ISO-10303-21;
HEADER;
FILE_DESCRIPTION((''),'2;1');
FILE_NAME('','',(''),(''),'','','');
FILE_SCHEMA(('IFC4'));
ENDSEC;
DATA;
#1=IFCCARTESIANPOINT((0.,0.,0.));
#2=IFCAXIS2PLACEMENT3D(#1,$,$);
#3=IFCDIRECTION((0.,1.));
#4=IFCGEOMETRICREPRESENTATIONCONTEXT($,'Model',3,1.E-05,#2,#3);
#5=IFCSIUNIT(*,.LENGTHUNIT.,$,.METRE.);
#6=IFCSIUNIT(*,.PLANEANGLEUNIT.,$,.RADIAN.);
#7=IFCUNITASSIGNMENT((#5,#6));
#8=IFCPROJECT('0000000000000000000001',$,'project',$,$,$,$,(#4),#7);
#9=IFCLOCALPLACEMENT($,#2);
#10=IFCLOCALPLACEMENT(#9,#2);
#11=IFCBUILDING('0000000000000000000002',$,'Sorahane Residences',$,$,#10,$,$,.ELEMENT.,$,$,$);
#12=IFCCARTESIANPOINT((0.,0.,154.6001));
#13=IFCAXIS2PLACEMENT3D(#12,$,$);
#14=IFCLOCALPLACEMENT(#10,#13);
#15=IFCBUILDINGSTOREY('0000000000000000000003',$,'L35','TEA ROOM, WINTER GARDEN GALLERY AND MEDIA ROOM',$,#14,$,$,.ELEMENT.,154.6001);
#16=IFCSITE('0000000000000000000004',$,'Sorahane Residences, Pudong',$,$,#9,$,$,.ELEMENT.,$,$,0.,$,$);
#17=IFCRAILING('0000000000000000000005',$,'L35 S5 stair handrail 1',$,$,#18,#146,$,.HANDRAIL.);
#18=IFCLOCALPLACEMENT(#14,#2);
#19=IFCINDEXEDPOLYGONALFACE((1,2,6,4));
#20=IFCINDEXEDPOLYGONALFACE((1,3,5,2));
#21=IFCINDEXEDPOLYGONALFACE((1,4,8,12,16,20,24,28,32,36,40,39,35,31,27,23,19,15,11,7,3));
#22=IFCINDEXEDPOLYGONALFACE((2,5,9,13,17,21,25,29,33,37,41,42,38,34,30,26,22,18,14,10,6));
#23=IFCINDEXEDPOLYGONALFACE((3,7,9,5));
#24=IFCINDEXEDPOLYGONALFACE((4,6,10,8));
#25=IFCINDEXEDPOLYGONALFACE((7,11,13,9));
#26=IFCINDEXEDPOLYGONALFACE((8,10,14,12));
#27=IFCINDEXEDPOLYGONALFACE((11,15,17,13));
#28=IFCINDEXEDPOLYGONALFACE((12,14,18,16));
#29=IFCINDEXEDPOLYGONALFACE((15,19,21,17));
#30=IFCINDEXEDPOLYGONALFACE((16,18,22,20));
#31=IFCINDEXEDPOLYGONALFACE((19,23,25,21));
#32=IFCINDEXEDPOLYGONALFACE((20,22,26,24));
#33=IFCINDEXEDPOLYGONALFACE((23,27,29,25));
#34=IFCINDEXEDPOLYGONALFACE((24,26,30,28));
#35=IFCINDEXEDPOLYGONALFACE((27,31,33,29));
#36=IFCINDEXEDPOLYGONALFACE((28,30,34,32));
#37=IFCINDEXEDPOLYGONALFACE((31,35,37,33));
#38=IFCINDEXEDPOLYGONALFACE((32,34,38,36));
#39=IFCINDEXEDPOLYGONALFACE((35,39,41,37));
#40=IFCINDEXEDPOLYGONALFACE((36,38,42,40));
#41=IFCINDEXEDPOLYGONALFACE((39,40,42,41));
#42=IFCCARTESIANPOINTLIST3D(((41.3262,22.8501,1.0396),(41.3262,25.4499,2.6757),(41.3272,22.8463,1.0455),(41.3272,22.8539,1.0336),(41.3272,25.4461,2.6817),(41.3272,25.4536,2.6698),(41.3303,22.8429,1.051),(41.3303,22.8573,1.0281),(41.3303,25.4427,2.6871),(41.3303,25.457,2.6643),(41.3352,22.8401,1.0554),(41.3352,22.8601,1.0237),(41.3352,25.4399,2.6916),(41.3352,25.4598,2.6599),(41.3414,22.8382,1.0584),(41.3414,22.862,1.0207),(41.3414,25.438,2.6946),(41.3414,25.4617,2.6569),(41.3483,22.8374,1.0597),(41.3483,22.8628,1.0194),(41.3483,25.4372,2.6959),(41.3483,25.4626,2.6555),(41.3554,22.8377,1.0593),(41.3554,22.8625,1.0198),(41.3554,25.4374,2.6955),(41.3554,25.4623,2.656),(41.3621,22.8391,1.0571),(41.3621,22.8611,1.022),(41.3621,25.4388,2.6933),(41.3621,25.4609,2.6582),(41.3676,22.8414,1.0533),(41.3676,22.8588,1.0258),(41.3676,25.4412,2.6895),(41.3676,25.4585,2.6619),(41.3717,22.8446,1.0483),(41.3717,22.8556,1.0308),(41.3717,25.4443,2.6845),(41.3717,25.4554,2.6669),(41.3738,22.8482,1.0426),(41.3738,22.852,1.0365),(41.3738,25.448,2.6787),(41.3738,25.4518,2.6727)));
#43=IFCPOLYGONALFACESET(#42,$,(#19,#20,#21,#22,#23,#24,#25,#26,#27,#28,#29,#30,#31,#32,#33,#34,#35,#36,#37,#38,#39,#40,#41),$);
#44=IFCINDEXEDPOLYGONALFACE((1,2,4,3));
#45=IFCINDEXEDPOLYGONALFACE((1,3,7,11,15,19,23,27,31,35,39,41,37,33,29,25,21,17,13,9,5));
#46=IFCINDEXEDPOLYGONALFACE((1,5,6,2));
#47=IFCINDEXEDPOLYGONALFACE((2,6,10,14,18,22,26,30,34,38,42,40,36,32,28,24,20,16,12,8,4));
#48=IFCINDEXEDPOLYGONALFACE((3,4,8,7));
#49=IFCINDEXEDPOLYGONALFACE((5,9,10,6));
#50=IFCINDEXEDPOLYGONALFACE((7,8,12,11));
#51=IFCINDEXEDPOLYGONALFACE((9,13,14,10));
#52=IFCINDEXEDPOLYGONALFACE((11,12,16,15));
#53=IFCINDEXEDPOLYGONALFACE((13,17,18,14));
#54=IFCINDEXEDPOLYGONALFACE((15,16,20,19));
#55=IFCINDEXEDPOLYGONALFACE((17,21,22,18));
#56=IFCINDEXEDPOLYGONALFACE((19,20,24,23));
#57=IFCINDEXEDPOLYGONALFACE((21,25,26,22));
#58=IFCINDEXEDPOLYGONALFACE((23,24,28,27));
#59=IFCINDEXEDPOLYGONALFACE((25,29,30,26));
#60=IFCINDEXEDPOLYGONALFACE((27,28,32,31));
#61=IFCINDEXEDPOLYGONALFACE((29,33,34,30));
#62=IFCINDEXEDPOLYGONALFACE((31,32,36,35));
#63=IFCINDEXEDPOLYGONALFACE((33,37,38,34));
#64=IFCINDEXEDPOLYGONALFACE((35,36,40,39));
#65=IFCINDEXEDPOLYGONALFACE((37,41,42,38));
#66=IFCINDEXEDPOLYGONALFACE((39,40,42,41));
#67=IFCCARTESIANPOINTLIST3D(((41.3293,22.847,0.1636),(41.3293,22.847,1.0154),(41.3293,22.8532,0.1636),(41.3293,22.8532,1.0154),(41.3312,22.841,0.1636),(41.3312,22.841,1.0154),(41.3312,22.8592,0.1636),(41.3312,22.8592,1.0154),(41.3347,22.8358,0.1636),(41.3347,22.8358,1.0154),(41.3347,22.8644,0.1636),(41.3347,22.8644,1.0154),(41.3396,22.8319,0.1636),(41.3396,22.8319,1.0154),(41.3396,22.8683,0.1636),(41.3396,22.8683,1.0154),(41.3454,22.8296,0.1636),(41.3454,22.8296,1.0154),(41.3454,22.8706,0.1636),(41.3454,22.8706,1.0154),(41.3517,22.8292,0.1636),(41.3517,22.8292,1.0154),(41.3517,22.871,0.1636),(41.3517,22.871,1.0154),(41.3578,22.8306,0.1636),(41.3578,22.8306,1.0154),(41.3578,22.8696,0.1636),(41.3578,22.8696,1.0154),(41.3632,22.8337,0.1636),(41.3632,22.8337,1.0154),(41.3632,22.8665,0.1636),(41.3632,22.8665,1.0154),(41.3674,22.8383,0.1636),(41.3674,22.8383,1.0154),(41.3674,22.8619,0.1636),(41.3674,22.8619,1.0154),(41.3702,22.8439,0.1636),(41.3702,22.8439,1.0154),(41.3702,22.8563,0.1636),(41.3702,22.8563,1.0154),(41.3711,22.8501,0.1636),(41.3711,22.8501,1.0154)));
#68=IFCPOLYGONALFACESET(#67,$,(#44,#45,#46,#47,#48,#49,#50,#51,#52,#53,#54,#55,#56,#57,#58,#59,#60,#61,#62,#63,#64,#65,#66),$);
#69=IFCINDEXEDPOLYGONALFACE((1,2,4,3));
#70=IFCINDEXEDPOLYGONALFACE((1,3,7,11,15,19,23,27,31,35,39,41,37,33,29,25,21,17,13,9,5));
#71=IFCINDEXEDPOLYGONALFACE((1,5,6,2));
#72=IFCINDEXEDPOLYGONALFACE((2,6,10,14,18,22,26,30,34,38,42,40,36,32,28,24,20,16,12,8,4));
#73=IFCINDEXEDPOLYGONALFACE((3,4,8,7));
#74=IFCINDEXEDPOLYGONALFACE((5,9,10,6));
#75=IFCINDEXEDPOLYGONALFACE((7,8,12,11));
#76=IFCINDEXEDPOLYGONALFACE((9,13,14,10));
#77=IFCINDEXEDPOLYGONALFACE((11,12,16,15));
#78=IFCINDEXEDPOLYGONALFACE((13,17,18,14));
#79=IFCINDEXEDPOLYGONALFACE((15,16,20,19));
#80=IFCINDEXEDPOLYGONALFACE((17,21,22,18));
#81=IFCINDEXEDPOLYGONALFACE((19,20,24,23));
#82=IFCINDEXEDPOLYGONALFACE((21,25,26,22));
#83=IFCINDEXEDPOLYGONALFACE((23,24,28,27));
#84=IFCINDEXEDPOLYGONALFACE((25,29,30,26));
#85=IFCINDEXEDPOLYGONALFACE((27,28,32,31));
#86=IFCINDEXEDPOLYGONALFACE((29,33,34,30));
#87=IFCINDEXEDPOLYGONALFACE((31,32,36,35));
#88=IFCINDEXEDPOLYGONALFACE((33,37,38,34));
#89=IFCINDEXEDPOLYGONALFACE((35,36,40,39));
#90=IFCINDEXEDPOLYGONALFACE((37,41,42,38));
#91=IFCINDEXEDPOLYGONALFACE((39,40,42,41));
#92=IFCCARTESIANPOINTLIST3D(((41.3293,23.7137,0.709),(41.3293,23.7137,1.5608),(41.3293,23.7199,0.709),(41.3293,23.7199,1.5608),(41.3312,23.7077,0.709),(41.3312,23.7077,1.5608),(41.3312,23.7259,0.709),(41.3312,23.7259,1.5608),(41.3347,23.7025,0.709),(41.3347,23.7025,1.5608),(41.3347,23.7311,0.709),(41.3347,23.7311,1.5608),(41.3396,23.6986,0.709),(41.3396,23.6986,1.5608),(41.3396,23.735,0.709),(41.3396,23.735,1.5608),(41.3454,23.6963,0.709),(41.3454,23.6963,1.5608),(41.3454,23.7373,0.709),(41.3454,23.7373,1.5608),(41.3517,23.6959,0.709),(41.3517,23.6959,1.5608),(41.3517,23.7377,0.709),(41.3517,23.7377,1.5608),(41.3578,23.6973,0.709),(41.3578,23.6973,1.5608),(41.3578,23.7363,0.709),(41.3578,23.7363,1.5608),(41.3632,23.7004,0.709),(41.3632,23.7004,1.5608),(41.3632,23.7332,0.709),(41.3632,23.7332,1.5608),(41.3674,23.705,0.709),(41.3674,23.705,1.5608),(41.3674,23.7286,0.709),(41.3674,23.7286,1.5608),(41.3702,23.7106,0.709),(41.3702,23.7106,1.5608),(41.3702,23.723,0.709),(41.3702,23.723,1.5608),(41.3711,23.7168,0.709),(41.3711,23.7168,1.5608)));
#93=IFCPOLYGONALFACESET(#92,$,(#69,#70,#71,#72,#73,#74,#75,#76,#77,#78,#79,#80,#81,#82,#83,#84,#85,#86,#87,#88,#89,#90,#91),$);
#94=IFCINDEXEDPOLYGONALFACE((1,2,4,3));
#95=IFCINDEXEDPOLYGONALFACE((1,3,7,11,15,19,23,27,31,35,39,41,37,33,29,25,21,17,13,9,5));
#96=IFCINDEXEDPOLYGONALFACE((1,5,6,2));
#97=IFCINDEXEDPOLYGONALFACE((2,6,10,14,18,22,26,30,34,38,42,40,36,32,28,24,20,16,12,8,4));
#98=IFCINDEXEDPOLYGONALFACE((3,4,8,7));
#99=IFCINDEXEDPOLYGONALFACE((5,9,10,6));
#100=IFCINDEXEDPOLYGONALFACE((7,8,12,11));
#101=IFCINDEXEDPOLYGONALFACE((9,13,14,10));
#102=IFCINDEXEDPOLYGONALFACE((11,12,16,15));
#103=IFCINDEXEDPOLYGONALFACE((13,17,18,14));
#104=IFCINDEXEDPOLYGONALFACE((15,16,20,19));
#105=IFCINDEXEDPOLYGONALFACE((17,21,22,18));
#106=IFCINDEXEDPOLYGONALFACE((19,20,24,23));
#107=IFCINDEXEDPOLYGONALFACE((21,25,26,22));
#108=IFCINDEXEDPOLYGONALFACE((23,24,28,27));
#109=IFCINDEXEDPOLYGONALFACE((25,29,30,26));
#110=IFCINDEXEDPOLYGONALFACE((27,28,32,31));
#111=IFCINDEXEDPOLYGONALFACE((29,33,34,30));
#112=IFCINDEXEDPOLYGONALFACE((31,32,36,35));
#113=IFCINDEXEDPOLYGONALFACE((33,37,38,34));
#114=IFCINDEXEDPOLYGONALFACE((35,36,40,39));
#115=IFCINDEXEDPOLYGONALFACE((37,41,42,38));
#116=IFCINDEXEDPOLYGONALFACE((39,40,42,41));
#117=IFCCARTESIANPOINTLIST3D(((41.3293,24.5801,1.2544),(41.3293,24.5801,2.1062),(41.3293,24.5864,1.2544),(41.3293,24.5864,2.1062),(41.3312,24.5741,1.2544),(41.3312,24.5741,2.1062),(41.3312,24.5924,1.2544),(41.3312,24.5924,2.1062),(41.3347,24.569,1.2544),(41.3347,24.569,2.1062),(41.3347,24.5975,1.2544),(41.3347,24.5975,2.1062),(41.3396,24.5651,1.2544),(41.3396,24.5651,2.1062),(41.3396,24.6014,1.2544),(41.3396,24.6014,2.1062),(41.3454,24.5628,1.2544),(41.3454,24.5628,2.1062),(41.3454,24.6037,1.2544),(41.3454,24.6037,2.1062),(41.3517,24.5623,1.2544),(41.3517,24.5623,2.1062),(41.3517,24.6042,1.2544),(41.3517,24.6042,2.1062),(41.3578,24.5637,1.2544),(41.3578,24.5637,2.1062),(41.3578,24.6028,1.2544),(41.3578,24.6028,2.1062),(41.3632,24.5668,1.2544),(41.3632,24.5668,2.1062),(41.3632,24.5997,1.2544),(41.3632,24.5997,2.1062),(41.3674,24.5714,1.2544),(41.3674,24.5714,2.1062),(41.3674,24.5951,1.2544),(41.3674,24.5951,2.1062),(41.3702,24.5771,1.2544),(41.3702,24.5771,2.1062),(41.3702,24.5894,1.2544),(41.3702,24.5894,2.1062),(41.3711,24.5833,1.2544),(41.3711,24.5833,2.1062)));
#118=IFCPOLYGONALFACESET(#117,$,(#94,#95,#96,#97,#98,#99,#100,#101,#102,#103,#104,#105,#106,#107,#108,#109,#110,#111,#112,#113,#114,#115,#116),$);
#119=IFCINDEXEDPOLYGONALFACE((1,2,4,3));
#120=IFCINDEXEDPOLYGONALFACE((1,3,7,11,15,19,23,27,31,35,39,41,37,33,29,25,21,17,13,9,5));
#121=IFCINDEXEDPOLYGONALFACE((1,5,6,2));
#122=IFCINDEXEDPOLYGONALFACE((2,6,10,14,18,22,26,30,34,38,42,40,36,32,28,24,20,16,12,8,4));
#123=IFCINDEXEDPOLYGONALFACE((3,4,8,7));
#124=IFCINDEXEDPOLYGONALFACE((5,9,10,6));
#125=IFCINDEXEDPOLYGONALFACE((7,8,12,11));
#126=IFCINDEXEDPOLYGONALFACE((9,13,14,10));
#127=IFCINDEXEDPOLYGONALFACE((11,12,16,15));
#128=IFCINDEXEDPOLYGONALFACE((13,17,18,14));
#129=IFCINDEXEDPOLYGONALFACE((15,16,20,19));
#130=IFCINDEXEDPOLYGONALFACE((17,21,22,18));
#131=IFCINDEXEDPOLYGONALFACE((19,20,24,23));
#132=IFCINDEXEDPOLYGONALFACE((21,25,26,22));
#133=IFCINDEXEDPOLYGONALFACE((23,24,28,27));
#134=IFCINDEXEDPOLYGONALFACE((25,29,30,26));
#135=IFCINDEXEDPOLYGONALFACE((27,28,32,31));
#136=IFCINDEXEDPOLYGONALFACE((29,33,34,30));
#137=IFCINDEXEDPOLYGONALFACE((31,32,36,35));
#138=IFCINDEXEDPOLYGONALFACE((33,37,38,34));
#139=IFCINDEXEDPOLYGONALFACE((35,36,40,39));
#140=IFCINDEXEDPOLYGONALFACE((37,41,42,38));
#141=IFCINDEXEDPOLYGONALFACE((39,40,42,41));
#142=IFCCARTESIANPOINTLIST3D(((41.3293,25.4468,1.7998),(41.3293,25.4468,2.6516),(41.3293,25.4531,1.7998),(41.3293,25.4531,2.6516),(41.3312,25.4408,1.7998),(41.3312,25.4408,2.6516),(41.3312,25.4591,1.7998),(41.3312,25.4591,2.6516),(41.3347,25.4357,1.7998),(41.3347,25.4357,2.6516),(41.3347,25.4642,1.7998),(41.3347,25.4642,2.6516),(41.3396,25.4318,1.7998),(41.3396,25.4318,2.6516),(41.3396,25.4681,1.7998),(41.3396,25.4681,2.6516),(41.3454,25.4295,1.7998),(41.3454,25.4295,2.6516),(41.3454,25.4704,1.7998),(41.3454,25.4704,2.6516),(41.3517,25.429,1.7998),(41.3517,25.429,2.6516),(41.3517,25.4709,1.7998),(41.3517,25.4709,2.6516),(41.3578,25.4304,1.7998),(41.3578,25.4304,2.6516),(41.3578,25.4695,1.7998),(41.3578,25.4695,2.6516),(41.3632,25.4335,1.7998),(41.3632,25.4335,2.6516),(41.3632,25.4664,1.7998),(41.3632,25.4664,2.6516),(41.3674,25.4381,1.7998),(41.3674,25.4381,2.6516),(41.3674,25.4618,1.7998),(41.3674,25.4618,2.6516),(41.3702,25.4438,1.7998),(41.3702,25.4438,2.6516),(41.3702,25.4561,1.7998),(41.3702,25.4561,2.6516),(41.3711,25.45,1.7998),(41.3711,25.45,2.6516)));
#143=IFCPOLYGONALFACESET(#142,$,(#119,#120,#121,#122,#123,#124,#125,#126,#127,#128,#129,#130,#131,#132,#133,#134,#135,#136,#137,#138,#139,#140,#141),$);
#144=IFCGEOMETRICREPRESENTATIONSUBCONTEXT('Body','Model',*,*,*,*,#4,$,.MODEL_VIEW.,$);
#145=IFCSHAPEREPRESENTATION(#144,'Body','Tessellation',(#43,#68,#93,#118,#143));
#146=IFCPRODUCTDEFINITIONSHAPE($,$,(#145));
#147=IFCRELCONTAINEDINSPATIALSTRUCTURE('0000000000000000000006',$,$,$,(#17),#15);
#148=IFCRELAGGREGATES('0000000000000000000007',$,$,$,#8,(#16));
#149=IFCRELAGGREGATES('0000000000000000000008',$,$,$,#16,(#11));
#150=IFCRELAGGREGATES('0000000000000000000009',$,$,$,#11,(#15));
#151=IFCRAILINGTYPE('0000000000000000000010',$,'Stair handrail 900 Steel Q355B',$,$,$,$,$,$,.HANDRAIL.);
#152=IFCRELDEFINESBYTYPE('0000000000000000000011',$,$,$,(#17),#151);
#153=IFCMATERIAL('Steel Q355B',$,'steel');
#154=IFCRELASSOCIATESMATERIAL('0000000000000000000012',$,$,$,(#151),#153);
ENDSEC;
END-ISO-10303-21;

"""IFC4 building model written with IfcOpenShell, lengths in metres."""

from ifc_helpers import new_model, si_unit, direction, frame, origin, origin_2d, place, context, subcontext, project, spatial, circle, extrude, material, type_object, element, save


model = new_model("IFC4")

# Units and contexts
model_context = context("Model", 3, precision=1e-05, world=origin(), true_north=direction((0.0, 1.0)))
body_context = subcontext(model_context, "Body", "Model", "MODEL_VIEW")
ifc_project = project(units=[si_unit("LENGTHUNIT", "METRE"), si_unit("PLANEANGLEUNIT", "RADIAN")], contexts=[model_context])

# Site, building, storey
site_placement = place(None, origin())
site = spatial("IfcSite", under=ifc_project, at=site_placement, Name="Sorahane Residences, Pudong", CompositionType="ELEMENT", RefElevation=0.0)
building_placement = place(site_placement, origin())
building = spatial("IfcBuilding", under=site, at=building_placement, Name="Sorahane Residences", CompositionType="ELEMENT")
storey_placement = place(building_placement, frame((0.0, 0.0, 154.6001)))
storey = spatial("IfcBuildingStorey", under=building, at=storey_placement, Name="L35", Description="TEA ROOM, WINTER GARDEN GALLERY AND MEDIA ROOM", CompositionType="ELEMENT", Elevation=154.6001)

# Railing
ifc_material_1 = material(Name="Steel Q355B", Category="steel")
railing_type_1 = type_object("IfcRailingType", Name="Stair handrail 900 Steel Q355B", PredefinedType="HANDRAIL", material=ifc_material_1)
railing_1_placement = place(storey_placement, frame((41.3501, 22.8501, 0.1636)))
element("IfcRailing", 1, at=railing_1_placement, inside=storey, type_object=railing_type_1, Name="L35 S5 stair handrail 1", PredefinedType="HANDRAIL", context=body_context, shape_type="SweptSolid", body=[
    extrude(circle(Radius=0.0239, at=origin_2d()), frame((0.0, 0.0, 0.876), z_axis=(0.0, 0.846338, 0.532647), x_axis=(-1.0, 0.0, 0.0)), (0.0, 0.0, 1.0), 3.0718),
    extrude(circle(Radius=0.021, at=origin_2d()), origin(), (0.0, 0.0, 1.0), 0.8518),
    extrude(circle(Radius=0.021, at=origin_2d()), frame((0.0, 0.8667, 0.5454)), (0.0, 0.0, 1.0), 0.8518),
    extrude(circle(Radius=0.021, at=origin_2d()), frame((0.0, 1.7332, 1.0908)), (0.0, 0.0, 1.0), 0.8518),
    extrude(circle(Radius=0.021, at=origin_2d()), frame((0.0, 2.5999, 1.6362)), (0.0, 0.0, 1.0), 0.8518),
])

save(model, "model.ifc")
